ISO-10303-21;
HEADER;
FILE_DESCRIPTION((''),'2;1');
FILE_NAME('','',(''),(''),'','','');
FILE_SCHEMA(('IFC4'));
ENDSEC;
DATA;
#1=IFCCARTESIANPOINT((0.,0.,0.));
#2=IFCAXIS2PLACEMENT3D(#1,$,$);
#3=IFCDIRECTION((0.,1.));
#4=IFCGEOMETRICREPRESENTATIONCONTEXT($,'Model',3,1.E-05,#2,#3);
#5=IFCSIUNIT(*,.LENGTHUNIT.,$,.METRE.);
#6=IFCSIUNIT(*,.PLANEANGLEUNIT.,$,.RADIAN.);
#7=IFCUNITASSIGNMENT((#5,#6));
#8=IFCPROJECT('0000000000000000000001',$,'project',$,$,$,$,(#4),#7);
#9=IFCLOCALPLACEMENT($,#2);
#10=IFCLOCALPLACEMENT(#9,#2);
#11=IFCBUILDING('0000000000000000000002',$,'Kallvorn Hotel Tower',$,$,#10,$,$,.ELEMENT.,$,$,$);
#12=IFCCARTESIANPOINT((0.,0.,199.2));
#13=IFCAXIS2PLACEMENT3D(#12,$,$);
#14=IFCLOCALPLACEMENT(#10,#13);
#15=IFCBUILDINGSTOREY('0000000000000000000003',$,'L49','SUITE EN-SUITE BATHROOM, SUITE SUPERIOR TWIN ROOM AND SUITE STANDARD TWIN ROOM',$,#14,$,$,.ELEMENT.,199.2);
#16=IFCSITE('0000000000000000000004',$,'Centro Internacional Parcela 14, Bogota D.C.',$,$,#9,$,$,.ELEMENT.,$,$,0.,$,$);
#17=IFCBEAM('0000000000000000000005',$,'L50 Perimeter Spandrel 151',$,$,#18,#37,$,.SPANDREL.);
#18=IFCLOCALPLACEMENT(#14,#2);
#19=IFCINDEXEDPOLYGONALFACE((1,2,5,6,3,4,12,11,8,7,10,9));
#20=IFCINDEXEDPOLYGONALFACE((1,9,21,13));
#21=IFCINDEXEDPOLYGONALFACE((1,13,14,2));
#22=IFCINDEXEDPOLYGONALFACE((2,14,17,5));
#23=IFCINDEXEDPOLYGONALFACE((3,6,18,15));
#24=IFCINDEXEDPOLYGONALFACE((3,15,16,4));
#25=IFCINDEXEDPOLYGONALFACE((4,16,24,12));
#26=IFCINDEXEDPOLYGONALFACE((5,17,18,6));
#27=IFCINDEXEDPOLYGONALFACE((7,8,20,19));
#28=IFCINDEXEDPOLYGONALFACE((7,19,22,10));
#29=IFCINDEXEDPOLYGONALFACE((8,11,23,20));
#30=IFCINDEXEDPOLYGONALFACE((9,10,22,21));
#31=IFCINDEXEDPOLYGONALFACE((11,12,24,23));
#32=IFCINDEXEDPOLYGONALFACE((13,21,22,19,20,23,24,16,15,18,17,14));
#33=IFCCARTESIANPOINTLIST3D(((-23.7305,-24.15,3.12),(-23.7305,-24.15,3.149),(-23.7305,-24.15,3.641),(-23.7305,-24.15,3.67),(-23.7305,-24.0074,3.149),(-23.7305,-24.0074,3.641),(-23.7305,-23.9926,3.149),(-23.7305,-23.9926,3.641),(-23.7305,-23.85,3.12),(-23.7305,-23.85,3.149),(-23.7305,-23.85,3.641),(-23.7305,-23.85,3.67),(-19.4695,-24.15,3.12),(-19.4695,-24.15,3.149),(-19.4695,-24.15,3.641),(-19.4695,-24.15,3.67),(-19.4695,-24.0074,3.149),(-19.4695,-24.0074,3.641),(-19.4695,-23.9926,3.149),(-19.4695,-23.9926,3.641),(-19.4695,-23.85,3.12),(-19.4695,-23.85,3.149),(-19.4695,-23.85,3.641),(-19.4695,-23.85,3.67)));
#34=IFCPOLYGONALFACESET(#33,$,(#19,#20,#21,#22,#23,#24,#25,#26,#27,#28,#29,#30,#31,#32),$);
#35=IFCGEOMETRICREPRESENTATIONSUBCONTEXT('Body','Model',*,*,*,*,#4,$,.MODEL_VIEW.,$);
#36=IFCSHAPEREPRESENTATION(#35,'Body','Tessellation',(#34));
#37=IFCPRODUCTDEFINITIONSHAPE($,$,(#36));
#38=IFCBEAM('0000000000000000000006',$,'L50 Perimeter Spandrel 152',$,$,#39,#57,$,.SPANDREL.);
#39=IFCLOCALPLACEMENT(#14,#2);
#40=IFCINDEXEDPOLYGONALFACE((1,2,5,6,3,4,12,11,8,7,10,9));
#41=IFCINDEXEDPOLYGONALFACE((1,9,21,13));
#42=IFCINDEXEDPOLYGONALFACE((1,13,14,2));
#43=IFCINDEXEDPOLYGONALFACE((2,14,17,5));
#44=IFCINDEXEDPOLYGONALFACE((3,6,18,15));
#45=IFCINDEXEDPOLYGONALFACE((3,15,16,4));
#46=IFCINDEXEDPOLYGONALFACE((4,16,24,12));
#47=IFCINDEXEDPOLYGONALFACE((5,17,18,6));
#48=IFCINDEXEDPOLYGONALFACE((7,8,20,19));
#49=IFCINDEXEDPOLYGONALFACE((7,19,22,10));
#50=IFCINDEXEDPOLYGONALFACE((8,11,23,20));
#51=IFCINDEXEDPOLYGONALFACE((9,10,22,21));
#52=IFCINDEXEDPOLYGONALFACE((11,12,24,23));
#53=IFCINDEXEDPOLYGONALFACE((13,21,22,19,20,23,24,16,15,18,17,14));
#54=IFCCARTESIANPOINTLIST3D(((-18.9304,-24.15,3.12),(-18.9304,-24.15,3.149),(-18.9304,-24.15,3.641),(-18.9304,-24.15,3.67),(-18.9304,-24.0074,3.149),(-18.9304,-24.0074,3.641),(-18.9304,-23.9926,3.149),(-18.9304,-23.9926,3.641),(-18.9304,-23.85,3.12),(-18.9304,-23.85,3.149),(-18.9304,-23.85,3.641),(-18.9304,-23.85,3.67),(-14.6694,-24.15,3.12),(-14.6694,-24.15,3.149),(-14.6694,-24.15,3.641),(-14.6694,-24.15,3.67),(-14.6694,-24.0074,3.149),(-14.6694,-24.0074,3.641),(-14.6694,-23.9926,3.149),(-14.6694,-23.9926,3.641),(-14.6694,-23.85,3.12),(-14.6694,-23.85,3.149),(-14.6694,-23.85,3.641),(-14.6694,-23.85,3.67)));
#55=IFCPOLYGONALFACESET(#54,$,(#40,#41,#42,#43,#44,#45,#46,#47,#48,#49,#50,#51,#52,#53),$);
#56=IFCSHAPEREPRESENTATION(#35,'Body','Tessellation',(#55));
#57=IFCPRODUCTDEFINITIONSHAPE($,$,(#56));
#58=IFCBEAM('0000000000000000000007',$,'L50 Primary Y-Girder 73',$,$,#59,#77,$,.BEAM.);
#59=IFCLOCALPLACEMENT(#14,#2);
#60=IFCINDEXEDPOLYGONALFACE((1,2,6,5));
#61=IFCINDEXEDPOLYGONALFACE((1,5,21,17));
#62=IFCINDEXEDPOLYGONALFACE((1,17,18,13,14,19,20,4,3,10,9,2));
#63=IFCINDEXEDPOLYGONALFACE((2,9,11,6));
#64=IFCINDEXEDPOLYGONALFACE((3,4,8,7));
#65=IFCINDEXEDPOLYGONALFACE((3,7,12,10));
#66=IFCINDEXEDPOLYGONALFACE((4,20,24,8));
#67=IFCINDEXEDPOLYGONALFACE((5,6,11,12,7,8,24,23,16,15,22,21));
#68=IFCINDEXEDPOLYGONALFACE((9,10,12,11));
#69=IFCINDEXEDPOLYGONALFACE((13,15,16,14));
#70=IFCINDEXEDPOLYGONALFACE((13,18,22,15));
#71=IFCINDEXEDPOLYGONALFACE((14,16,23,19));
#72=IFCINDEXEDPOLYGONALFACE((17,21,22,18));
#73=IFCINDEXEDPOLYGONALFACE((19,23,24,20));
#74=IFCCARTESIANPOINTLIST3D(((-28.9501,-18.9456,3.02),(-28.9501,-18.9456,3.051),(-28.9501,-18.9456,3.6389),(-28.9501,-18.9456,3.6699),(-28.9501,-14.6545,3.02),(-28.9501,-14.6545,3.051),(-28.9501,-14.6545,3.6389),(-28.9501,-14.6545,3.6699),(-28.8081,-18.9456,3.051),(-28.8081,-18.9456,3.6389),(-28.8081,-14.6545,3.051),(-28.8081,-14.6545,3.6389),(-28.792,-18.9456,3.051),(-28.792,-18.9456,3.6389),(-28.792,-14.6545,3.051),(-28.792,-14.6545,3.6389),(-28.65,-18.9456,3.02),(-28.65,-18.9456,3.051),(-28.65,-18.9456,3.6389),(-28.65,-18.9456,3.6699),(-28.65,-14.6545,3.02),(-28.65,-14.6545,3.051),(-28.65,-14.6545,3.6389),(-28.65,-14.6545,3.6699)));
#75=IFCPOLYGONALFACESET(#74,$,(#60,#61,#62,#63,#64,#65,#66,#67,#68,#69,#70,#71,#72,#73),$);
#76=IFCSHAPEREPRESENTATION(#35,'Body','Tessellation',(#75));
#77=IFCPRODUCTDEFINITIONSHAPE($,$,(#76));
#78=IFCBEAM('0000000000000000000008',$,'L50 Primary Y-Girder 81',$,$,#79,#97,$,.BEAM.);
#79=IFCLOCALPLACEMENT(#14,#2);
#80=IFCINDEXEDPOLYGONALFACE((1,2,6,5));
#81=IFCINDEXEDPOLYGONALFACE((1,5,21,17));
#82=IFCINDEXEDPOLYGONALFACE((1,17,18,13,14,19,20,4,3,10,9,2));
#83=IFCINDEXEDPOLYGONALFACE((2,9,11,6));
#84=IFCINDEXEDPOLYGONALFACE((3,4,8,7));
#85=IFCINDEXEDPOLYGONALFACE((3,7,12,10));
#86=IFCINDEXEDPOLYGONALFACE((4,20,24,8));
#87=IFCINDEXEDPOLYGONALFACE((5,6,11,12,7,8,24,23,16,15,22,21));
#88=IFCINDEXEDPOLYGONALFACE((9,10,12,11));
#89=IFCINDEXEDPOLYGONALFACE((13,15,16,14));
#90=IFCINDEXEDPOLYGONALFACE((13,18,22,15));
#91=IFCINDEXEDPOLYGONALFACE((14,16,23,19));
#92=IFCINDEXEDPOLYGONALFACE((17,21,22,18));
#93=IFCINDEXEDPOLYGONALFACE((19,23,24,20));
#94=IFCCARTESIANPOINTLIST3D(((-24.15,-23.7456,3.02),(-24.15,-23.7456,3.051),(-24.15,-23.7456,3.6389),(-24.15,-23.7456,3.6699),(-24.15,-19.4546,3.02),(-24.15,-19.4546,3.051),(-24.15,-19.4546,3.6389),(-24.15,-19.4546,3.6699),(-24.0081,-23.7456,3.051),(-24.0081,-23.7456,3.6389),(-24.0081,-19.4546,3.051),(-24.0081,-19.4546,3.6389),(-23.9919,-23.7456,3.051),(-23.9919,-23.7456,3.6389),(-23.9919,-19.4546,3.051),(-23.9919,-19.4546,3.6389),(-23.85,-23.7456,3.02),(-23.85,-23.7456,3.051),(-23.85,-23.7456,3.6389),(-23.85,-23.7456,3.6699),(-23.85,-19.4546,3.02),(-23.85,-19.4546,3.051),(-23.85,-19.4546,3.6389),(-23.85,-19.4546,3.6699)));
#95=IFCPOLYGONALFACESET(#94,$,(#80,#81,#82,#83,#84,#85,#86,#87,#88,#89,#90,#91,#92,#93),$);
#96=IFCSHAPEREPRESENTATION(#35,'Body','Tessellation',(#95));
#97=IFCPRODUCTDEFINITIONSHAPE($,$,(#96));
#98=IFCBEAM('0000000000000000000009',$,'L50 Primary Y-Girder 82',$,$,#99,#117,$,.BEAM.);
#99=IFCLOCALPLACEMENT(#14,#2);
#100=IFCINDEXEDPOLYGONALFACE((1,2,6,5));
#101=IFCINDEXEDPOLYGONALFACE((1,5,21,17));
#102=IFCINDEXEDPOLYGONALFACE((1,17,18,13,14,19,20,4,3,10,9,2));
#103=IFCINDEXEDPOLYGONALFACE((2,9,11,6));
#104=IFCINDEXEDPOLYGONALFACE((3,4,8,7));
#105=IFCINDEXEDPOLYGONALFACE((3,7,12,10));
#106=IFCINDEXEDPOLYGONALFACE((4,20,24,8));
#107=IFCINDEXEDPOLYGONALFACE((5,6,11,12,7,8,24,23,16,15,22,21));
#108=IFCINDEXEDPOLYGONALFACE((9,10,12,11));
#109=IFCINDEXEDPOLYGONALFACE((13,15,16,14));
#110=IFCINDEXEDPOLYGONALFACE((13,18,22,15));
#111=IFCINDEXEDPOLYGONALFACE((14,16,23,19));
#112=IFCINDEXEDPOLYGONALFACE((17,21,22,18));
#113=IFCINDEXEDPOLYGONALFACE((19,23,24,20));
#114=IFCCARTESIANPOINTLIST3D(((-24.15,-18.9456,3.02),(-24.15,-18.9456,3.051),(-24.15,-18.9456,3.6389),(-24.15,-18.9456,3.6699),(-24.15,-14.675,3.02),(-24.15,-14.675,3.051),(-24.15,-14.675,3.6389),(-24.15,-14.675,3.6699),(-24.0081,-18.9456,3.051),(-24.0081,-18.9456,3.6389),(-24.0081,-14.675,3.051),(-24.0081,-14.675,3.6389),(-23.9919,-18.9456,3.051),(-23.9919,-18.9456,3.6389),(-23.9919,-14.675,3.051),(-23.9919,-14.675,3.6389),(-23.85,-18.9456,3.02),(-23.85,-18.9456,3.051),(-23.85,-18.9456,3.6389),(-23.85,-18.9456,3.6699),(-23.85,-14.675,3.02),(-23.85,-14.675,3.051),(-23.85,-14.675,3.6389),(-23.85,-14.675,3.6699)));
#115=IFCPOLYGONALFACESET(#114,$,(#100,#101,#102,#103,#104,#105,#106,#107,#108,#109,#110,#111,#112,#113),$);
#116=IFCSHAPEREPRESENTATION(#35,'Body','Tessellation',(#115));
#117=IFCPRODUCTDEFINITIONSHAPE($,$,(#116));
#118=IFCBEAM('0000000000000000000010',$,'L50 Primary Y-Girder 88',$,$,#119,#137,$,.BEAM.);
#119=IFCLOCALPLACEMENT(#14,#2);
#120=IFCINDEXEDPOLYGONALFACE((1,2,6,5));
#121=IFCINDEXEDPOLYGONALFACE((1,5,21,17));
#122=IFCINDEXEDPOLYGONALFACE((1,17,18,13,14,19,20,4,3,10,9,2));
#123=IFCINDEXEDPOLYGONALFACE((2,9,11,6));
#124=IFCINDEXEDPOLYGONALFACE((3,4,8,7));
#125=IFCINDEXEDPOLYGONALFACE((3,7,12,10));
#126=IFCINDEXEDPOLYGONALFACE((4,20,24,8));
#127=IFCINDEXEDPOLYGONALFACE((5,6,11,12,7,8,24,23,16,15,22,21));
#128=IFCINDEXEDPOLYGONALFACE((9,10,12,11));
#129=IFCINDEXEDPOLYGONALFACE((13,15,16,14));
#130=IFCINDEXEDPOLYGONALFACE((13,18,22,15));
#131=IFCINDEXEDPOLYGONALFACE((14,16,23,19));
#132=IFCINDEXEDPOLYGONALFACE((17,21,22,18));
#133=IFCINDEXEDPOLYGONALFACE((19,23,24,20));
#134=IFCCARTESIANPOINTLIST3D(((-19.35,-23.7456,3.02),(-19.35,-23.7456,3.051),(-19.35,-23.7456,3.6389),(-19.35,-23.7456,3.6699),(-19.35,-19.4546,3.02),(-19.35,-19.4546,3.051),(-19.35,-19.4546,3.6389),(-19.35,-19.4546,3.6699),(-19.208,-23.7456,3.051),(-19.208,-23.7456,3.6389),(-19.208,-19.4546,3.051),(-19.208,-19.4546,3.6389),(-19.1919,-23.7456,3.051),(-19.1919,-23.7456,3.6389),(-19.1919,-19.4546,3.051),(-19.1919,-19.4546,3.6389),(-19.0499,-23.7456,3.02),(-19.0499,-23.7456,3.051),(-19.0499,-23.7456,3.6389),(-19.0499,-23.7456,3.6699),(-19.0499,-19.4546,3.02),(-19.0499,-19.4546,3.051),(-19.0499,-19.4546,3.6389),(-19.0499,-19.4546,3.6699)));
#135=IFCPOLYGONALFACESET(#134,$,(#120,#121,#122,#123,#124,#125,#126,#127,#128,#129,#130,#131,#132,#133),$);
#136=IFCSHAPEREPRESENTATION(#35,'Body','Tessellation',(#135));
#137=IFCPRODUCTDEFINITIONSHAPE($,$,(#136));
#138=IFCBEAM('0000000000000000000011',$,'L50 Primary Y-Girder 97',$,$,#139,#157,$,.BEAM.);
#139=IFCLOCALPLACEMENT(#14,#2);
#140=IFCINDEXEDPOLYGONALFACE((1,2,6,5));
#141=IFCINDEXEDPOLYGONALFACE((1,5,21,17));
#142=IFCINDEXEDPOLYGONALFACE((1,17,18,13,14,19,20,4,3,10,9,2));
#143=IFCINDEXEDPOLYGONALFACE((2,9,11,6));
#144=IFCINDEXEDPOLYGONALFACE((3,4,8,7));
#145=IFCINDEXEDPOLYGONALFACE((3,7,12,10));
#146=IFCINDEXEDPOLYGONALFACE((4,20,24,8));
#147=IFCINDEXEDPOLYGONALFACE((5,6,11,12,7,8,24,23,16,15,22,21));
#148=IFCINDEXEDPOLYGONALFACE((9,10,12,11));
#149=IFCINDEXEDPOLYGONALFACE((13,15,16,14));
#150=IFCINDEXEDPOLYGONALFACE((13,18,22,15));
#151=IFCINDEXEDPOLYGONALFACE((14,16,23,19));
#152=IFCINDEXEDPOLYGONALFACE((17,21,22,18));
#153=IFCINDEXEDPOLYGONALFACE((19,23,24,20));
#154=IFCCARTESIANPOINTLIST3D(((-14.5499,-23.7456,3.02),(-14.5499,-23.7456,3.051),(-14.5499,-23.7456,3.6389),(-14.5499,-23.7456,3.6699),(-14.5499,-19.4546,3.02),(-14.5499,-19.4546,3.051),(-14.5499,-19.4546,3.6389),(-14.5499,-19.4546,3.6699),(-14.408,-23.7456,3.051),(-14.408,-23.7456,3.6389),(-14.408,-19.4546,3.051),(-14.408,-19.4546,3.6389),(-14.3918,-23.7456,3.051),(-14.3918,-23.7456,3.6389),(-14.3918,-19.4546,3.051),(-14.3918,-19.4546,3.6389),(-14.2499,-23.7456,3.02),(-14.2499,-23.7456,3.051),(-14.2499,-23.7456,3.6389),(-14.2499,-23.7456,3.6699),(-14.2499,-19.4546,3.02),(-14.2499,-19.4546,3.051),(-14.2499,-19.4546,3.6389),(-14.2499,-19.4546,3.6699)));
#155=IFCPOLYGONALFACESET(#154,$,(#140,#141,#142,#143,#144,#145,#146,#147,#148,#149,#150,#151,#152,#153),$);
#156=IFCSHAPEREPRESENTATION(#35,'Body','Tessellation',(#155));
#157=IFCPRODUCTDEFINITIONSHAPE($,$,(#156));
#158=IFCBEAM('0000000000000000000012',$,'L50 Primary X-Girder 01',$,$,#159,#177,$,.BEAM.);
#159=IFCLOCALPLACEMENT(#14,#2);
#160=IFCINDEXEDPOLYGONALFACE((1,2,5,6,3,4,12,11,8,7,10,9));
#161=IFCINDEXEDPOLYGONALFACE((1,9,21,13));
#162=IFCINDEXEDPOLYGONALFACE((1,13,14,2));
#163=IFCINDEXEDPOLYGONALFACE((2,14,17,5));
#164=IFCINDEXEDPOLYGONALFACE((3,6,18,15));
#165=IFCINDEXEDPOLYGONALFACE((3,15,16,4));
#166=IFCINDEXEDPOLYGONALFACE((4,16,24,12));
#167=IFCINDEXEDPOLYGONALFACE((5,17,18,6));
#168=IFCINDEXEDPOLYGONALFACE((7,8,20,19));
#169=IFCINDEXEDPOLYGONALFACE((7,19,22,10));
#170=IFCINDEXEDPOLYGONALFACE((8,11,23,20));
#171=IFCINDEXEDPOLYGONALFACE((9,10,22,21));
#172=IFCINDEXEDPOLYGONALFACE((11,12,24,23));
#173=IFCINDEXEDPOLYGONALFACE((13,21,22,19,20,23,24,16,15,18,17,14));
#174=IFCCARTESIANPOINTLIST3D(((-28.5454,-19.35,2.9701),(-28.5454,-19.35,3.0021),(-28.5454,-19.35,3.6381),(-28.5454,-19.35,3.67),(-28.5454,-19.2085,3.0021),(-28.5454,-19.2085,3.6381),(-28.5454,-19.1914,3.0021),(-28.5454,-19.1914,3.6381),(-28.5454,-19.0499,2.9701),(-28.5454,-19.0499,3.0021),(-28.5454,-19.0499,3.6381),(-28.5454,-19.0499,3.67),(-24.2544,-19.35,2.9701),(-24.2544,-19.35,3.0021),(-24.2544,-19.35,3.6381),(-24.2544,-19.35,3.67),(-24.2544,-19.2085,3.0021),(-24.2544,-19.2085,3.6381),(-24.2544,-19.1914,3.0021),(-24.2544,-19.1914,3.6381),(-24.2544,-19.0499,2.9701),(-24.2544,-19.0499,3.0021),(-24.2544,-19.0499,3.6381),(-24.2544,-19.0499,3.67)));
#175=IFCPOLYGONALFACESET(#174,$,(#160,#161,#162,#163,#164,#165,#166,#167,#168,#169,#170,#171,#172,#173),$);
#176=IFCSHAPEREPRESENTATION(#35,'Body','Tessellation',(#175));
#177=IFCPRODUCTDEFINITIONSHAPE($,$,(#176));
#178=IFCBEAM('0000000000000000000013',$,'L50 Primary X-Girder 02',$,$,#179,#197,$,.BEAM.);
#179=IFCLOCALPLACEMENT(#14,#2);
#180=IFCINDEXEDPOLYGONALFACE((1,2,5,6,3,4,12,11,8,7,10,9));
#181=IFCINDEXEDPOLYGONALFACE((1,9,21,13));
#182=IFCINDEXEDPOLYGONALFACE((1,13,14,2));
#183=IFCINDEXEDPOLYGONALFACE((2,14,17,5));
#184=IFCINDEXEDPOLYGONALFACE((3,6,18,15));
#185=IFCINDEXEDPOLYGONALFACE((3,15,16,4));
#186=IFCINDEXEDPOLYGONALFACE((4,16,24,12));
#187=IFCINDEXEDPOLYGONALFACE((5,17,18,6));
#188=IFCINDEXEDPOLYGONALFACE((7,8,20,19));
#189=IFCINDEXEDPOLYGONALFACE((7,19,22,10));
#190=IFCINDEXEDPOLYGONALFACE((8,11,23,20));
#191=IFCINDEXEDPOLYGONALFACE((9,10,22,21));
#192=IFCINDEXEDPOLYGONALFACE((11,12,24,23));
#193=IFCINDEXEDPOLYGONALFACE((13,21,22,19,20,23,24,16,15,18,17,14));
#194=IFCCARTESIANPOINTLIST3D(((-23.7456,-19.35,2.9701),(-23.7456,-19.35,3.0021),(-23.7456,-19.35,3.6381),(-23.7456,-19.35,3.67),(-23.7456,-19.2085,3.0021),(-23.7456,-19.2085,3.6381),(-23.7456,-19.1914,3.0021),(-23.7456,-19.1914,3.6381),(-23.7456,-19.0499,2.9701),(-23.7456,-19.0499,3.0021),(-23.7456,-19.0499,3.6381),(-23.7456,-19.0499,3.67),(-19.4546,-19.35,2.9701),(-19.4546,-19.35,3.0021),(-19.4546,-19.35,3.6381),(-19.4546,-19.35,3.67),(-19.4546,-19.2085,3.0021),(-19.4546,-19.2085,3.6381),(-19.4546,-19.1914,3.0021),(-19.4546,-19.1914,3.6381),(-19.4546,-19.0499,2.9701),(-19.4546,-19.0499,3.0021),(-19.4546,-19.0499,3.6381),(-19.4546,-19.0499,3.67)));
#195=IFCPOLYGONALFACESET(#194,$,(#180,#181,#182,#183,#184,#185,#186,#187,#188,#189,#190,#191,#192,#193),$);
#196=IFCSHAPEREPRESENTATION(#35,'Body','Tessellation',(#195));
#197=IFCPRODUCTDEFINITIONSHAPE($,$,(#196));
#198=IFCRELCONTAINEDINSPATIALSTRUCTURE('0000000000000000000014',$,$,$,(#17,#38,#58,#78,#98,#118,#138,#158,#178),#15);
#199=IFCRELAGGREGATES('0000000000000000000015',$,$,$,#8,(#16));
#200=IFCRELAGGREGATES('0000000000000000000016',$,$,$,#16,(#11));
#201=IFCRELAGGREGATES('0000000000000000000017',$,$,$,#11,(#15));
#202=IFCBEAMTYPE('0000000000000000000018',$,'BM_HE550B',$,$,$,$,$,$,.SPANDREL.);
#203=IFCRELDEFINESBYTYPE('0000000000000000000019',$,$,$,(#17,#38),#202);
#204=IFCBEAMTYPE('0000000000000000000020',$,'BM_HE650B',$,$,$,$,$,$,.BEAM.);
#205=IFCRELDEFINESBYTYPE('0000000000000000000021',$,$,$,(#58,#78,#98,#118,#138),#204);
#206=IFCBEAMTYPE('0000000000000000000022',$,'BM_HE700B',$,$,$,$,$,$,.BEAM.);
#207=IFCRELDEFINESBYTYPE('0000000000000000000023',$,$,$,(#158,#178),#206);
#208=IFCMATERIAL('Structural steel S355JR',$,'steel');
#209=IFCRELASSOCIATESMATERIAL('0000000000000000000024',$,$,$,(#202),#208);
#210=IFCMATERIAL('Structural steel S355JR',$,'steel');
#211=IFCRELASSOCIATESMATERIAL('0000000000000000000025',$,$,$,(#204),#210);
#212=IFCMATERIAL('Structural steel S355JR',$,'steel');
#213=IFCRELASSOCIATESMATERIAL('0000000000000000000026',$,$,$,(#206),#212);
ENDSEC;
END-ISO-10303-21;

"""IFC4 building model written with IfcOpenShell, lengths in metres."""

from ifc_helpers import new_model, si_unit, direction, frame, origin, origin_2d, place, context, subcontext, project, spatial, i_section, extrude, material, material_profile, profile_set, type_object, element, save


model = new_model("IFC4")

# Units and contexts
model_context = context("Model", 3, precision=1e-05, world=origin(), true_north=direction((0.0, 1.0)))
body_context = subcontext(model_context, "Body", "Model", "MODEL_VIEW")
ifc_project = project(units=[si_unit("LENGTHUNIT", "METRE"), si_unit("PLANEANGLEUNIT", "RADIAN")], contexts=[model_context])

# Site, building, storey
site_placement = place(None, origin())
site = spatial("IfcSite", under=ifc_project, at=site_placement, Name="Centro Internacional Parcela 14, Bogota D.C.", CompositionType="ELEMENT", RefElevation=0.0)
building_placement = place(site_placement, origin())
building = spatial("IfcBuilding", under=site, at=building_placement, Name="Kallvorn Hotel Tower", CompositionType="ELEMENT")
storey_placement = place(building_placement, frame((0.0, 0.0, 199.2)))
storey = spatial("IfcBuildingStorey", under=building, at=storey_placement, Name="L49", Description="SUITE EN-SUITE BATHROOM, SUITE SUPERIOR TWIN ROOM AND SUITE STANDARD TWIN ROOM", CompositionType="ELEMENT", Elevation=199.2)

# Beams
ifc_material_1 = material(Name="Structural steel S355JR", Category="steel")
ifc_material_profile_1 = material_profile(ifc_material_1, i_section(OverallWidth=0.3, OverallDepth=0.55, WebThickness=0.0149, FlangeThickness=0.0291, at=origin_2d()), Name="HE 550 B")
ifc_profile_set_1 = profile_set([ifc_material_profile_1], Name="Structural steel S355JR")
beam_type_1 = type_object("IfcBeamType", Name="BM_HE550B", PredefinedType="SPANDREL", material=ifc_profile_set_1)
for number, where, z_axis, x_axis, name in (
    (1, (-23.7305, -24.0, 3.395), (1.0, 0.0, 0.0), (0.0, 1.0, 0.0), "L50 Perimeter Spandrel 151"),
    (2, (-18.9304, -24.0, 3.395), (1.0, 0.0, 0.0), (0.0, 1.0, 0.0), "L50 Perimeter Spandrel 152"),
):
    element("IfcBeam", number, at=place(storey_placement, frame(where, z_axis=z_axis, x_axis=x_axis)), inside=storey, type_object=beam_type_1, Name=name, PredefinedType="SPANDREL", context=body_context, shape_type="SweptSolid", body=[
        extrude(i_section(OverallWidth=0.3, OverallDepth=0.55, WebThickness=0.0149, FlangeThickness=0.0291, at=origin_2d()), origin(), (0.0, 0.0, 1.0), 4.261),
    ])
ifc_material_2 = material(Name="Structural steel S355JR", Category="steel")
ifc_material_profile_2 = material_profile(ifc_material_2, i_section(OverallWidth=0.3, OverallDepth=0.6499, WebThickness=0.0161, FlangeThickness=0.031, at=origin_2d()), Name="HE 650 B")
ifc_profile_set_2 = profile_set([ifc_material_profile_2], Name="Structural steel S355JR")
beam_type_2 = type_object("IfcBeamType", Name="BM_HE650B", PredefinedType="BEAM", material=ifc_profile_set_2)
for number, where, z_axis, x_axis, name in (
    (3, (-28.8, -18.9456, 3.345), (0.0, 1.0, 0.0), (-1.0, 0.0, 0.0), "L50 Primary Y-Girder 73"),
    (4, (-24.0, -23.7456, 3.345), (0.0, 1.0, 0.0), (-1.0, 0.0, 0.0), "L50 Primary Y-Girder 81"),
):
    element("IfcBeam", number, at=place(storey_placement, frame(where, z_axis=z_axis, x_axis=x_axis)), inside=storey, type_object=beam_type_2, Name=name, PredefinedType="BEAM", context=body_context, shape_type="SweptSolid", body=[
        extrude(i_section(OverallWidth=0.3, OverallDepth=0.6499, WebThickness=0.0161, FlangeThickness=0.031, at=origin_2d()), origin(), (0.0, 0.0, 1.0), 4.291),
    ])
beam_1_placement = place(storey_placement, frame((-24.0, -18.9456, 3.345), z_axis=(0.0, 1.0, 0.0), x_axis=(-1.0, 0.0, 0.0)))
element("IfcBeam", 5, at=beam_1_placement, inside=storey, type_object=beam_type_2, Name="L50 Primary Y-Girder 82", PredefinedType="BEAM", context=body_context, shape_type="SweptSolid", body=[
    extrude(i_section(OverallWidth=0.3, OverallDepth=0.6499, WebThickness=0.0161, FlangeThickness=0.031, at=origin_2d()), origin(), (0.0, 0.0, 1.0), 4.2705),
])
for number, where, z_axis, x_axis, name in (
    (6, (-19.2, -23.7456, 3.345), (0.0, 1.0, 0.0), (-1.0, 0.0, 0.0), "L50 Primary Y-Girder 88"),
    (7, (-14.3999, -23.7456, 3.345), (0.0, 1.0, 0.0), (-1.0, 0.0, 0.0), "L50 Primary Y-Girder 97"),
):
    element("IfcBeam", number, at=place(storey_placement, frame(where, z_axis=z_axis, x_axis=x_axis)), inside=storey, type_object=beam_type_2, Name=name, PredefinedType="BEAM", context=body_context, shape_type="SweptSolid", body=[
        extrude(i_section(OverallWidth=0.3, OverallDepth=0.6499, WebThickness=0.0161, FlangeThickness=0.031, at=origin_2d()), origin(), (0.0, 0.0, 1.0), 4.291),
    ])
ifc_material_3 = material(Name="Structural steel S355JR", Category="steel")
ifc_material_profile_3 = material_profile(ifc_material_3, i_section(OverallWidth=0.3, OverallDepth=0.7, WebThickness=0.0171, FlangeThickness=0.032, at=origin_2d()), Name="HE 700 B")
ifc_profile_set_3 = profile_set([ifc_material_profile_3], Name="Structural steel S355JR")
beam_type_3 = type_object("IfcBeamType", Name="BM_HE700B", PredefinedType="BEAM", material=ifc_profile_set_3)
for number, where, z_axis, x_axis, name in (
    (8, (-28.5454, -19.2, 3.3201), (1.0, 0.0, 0.0), (0.0, 1.0, 0.0), "L50 Primary X-Girder 01"),
    (9, (-23.7456, -19.2, 3.3201), (1.0, 0.0, 0.0), (0.0, 1.0, 0.0), "L50 Primary X-Girder 02"),
):
    element("IfcBeam", number, at=place(storey_placement, frame(where, z_axis=z_axis, x_axis=x_axis)), inside=storey, type_object=beam_type_3, Name=name, PredefinedType="BEAM", context=body_context, shape_type="SweptSolid", body=[
        extrude(i_section(OverallWidth=0.3, OverallDepth=0.7, WebThickness=0.0171, FlangeThickness=0.032, at=origin_2d()), origin(), (0.0, 0.0, 1.0), 4.291),
    ])

save(model, "model.ifc")
